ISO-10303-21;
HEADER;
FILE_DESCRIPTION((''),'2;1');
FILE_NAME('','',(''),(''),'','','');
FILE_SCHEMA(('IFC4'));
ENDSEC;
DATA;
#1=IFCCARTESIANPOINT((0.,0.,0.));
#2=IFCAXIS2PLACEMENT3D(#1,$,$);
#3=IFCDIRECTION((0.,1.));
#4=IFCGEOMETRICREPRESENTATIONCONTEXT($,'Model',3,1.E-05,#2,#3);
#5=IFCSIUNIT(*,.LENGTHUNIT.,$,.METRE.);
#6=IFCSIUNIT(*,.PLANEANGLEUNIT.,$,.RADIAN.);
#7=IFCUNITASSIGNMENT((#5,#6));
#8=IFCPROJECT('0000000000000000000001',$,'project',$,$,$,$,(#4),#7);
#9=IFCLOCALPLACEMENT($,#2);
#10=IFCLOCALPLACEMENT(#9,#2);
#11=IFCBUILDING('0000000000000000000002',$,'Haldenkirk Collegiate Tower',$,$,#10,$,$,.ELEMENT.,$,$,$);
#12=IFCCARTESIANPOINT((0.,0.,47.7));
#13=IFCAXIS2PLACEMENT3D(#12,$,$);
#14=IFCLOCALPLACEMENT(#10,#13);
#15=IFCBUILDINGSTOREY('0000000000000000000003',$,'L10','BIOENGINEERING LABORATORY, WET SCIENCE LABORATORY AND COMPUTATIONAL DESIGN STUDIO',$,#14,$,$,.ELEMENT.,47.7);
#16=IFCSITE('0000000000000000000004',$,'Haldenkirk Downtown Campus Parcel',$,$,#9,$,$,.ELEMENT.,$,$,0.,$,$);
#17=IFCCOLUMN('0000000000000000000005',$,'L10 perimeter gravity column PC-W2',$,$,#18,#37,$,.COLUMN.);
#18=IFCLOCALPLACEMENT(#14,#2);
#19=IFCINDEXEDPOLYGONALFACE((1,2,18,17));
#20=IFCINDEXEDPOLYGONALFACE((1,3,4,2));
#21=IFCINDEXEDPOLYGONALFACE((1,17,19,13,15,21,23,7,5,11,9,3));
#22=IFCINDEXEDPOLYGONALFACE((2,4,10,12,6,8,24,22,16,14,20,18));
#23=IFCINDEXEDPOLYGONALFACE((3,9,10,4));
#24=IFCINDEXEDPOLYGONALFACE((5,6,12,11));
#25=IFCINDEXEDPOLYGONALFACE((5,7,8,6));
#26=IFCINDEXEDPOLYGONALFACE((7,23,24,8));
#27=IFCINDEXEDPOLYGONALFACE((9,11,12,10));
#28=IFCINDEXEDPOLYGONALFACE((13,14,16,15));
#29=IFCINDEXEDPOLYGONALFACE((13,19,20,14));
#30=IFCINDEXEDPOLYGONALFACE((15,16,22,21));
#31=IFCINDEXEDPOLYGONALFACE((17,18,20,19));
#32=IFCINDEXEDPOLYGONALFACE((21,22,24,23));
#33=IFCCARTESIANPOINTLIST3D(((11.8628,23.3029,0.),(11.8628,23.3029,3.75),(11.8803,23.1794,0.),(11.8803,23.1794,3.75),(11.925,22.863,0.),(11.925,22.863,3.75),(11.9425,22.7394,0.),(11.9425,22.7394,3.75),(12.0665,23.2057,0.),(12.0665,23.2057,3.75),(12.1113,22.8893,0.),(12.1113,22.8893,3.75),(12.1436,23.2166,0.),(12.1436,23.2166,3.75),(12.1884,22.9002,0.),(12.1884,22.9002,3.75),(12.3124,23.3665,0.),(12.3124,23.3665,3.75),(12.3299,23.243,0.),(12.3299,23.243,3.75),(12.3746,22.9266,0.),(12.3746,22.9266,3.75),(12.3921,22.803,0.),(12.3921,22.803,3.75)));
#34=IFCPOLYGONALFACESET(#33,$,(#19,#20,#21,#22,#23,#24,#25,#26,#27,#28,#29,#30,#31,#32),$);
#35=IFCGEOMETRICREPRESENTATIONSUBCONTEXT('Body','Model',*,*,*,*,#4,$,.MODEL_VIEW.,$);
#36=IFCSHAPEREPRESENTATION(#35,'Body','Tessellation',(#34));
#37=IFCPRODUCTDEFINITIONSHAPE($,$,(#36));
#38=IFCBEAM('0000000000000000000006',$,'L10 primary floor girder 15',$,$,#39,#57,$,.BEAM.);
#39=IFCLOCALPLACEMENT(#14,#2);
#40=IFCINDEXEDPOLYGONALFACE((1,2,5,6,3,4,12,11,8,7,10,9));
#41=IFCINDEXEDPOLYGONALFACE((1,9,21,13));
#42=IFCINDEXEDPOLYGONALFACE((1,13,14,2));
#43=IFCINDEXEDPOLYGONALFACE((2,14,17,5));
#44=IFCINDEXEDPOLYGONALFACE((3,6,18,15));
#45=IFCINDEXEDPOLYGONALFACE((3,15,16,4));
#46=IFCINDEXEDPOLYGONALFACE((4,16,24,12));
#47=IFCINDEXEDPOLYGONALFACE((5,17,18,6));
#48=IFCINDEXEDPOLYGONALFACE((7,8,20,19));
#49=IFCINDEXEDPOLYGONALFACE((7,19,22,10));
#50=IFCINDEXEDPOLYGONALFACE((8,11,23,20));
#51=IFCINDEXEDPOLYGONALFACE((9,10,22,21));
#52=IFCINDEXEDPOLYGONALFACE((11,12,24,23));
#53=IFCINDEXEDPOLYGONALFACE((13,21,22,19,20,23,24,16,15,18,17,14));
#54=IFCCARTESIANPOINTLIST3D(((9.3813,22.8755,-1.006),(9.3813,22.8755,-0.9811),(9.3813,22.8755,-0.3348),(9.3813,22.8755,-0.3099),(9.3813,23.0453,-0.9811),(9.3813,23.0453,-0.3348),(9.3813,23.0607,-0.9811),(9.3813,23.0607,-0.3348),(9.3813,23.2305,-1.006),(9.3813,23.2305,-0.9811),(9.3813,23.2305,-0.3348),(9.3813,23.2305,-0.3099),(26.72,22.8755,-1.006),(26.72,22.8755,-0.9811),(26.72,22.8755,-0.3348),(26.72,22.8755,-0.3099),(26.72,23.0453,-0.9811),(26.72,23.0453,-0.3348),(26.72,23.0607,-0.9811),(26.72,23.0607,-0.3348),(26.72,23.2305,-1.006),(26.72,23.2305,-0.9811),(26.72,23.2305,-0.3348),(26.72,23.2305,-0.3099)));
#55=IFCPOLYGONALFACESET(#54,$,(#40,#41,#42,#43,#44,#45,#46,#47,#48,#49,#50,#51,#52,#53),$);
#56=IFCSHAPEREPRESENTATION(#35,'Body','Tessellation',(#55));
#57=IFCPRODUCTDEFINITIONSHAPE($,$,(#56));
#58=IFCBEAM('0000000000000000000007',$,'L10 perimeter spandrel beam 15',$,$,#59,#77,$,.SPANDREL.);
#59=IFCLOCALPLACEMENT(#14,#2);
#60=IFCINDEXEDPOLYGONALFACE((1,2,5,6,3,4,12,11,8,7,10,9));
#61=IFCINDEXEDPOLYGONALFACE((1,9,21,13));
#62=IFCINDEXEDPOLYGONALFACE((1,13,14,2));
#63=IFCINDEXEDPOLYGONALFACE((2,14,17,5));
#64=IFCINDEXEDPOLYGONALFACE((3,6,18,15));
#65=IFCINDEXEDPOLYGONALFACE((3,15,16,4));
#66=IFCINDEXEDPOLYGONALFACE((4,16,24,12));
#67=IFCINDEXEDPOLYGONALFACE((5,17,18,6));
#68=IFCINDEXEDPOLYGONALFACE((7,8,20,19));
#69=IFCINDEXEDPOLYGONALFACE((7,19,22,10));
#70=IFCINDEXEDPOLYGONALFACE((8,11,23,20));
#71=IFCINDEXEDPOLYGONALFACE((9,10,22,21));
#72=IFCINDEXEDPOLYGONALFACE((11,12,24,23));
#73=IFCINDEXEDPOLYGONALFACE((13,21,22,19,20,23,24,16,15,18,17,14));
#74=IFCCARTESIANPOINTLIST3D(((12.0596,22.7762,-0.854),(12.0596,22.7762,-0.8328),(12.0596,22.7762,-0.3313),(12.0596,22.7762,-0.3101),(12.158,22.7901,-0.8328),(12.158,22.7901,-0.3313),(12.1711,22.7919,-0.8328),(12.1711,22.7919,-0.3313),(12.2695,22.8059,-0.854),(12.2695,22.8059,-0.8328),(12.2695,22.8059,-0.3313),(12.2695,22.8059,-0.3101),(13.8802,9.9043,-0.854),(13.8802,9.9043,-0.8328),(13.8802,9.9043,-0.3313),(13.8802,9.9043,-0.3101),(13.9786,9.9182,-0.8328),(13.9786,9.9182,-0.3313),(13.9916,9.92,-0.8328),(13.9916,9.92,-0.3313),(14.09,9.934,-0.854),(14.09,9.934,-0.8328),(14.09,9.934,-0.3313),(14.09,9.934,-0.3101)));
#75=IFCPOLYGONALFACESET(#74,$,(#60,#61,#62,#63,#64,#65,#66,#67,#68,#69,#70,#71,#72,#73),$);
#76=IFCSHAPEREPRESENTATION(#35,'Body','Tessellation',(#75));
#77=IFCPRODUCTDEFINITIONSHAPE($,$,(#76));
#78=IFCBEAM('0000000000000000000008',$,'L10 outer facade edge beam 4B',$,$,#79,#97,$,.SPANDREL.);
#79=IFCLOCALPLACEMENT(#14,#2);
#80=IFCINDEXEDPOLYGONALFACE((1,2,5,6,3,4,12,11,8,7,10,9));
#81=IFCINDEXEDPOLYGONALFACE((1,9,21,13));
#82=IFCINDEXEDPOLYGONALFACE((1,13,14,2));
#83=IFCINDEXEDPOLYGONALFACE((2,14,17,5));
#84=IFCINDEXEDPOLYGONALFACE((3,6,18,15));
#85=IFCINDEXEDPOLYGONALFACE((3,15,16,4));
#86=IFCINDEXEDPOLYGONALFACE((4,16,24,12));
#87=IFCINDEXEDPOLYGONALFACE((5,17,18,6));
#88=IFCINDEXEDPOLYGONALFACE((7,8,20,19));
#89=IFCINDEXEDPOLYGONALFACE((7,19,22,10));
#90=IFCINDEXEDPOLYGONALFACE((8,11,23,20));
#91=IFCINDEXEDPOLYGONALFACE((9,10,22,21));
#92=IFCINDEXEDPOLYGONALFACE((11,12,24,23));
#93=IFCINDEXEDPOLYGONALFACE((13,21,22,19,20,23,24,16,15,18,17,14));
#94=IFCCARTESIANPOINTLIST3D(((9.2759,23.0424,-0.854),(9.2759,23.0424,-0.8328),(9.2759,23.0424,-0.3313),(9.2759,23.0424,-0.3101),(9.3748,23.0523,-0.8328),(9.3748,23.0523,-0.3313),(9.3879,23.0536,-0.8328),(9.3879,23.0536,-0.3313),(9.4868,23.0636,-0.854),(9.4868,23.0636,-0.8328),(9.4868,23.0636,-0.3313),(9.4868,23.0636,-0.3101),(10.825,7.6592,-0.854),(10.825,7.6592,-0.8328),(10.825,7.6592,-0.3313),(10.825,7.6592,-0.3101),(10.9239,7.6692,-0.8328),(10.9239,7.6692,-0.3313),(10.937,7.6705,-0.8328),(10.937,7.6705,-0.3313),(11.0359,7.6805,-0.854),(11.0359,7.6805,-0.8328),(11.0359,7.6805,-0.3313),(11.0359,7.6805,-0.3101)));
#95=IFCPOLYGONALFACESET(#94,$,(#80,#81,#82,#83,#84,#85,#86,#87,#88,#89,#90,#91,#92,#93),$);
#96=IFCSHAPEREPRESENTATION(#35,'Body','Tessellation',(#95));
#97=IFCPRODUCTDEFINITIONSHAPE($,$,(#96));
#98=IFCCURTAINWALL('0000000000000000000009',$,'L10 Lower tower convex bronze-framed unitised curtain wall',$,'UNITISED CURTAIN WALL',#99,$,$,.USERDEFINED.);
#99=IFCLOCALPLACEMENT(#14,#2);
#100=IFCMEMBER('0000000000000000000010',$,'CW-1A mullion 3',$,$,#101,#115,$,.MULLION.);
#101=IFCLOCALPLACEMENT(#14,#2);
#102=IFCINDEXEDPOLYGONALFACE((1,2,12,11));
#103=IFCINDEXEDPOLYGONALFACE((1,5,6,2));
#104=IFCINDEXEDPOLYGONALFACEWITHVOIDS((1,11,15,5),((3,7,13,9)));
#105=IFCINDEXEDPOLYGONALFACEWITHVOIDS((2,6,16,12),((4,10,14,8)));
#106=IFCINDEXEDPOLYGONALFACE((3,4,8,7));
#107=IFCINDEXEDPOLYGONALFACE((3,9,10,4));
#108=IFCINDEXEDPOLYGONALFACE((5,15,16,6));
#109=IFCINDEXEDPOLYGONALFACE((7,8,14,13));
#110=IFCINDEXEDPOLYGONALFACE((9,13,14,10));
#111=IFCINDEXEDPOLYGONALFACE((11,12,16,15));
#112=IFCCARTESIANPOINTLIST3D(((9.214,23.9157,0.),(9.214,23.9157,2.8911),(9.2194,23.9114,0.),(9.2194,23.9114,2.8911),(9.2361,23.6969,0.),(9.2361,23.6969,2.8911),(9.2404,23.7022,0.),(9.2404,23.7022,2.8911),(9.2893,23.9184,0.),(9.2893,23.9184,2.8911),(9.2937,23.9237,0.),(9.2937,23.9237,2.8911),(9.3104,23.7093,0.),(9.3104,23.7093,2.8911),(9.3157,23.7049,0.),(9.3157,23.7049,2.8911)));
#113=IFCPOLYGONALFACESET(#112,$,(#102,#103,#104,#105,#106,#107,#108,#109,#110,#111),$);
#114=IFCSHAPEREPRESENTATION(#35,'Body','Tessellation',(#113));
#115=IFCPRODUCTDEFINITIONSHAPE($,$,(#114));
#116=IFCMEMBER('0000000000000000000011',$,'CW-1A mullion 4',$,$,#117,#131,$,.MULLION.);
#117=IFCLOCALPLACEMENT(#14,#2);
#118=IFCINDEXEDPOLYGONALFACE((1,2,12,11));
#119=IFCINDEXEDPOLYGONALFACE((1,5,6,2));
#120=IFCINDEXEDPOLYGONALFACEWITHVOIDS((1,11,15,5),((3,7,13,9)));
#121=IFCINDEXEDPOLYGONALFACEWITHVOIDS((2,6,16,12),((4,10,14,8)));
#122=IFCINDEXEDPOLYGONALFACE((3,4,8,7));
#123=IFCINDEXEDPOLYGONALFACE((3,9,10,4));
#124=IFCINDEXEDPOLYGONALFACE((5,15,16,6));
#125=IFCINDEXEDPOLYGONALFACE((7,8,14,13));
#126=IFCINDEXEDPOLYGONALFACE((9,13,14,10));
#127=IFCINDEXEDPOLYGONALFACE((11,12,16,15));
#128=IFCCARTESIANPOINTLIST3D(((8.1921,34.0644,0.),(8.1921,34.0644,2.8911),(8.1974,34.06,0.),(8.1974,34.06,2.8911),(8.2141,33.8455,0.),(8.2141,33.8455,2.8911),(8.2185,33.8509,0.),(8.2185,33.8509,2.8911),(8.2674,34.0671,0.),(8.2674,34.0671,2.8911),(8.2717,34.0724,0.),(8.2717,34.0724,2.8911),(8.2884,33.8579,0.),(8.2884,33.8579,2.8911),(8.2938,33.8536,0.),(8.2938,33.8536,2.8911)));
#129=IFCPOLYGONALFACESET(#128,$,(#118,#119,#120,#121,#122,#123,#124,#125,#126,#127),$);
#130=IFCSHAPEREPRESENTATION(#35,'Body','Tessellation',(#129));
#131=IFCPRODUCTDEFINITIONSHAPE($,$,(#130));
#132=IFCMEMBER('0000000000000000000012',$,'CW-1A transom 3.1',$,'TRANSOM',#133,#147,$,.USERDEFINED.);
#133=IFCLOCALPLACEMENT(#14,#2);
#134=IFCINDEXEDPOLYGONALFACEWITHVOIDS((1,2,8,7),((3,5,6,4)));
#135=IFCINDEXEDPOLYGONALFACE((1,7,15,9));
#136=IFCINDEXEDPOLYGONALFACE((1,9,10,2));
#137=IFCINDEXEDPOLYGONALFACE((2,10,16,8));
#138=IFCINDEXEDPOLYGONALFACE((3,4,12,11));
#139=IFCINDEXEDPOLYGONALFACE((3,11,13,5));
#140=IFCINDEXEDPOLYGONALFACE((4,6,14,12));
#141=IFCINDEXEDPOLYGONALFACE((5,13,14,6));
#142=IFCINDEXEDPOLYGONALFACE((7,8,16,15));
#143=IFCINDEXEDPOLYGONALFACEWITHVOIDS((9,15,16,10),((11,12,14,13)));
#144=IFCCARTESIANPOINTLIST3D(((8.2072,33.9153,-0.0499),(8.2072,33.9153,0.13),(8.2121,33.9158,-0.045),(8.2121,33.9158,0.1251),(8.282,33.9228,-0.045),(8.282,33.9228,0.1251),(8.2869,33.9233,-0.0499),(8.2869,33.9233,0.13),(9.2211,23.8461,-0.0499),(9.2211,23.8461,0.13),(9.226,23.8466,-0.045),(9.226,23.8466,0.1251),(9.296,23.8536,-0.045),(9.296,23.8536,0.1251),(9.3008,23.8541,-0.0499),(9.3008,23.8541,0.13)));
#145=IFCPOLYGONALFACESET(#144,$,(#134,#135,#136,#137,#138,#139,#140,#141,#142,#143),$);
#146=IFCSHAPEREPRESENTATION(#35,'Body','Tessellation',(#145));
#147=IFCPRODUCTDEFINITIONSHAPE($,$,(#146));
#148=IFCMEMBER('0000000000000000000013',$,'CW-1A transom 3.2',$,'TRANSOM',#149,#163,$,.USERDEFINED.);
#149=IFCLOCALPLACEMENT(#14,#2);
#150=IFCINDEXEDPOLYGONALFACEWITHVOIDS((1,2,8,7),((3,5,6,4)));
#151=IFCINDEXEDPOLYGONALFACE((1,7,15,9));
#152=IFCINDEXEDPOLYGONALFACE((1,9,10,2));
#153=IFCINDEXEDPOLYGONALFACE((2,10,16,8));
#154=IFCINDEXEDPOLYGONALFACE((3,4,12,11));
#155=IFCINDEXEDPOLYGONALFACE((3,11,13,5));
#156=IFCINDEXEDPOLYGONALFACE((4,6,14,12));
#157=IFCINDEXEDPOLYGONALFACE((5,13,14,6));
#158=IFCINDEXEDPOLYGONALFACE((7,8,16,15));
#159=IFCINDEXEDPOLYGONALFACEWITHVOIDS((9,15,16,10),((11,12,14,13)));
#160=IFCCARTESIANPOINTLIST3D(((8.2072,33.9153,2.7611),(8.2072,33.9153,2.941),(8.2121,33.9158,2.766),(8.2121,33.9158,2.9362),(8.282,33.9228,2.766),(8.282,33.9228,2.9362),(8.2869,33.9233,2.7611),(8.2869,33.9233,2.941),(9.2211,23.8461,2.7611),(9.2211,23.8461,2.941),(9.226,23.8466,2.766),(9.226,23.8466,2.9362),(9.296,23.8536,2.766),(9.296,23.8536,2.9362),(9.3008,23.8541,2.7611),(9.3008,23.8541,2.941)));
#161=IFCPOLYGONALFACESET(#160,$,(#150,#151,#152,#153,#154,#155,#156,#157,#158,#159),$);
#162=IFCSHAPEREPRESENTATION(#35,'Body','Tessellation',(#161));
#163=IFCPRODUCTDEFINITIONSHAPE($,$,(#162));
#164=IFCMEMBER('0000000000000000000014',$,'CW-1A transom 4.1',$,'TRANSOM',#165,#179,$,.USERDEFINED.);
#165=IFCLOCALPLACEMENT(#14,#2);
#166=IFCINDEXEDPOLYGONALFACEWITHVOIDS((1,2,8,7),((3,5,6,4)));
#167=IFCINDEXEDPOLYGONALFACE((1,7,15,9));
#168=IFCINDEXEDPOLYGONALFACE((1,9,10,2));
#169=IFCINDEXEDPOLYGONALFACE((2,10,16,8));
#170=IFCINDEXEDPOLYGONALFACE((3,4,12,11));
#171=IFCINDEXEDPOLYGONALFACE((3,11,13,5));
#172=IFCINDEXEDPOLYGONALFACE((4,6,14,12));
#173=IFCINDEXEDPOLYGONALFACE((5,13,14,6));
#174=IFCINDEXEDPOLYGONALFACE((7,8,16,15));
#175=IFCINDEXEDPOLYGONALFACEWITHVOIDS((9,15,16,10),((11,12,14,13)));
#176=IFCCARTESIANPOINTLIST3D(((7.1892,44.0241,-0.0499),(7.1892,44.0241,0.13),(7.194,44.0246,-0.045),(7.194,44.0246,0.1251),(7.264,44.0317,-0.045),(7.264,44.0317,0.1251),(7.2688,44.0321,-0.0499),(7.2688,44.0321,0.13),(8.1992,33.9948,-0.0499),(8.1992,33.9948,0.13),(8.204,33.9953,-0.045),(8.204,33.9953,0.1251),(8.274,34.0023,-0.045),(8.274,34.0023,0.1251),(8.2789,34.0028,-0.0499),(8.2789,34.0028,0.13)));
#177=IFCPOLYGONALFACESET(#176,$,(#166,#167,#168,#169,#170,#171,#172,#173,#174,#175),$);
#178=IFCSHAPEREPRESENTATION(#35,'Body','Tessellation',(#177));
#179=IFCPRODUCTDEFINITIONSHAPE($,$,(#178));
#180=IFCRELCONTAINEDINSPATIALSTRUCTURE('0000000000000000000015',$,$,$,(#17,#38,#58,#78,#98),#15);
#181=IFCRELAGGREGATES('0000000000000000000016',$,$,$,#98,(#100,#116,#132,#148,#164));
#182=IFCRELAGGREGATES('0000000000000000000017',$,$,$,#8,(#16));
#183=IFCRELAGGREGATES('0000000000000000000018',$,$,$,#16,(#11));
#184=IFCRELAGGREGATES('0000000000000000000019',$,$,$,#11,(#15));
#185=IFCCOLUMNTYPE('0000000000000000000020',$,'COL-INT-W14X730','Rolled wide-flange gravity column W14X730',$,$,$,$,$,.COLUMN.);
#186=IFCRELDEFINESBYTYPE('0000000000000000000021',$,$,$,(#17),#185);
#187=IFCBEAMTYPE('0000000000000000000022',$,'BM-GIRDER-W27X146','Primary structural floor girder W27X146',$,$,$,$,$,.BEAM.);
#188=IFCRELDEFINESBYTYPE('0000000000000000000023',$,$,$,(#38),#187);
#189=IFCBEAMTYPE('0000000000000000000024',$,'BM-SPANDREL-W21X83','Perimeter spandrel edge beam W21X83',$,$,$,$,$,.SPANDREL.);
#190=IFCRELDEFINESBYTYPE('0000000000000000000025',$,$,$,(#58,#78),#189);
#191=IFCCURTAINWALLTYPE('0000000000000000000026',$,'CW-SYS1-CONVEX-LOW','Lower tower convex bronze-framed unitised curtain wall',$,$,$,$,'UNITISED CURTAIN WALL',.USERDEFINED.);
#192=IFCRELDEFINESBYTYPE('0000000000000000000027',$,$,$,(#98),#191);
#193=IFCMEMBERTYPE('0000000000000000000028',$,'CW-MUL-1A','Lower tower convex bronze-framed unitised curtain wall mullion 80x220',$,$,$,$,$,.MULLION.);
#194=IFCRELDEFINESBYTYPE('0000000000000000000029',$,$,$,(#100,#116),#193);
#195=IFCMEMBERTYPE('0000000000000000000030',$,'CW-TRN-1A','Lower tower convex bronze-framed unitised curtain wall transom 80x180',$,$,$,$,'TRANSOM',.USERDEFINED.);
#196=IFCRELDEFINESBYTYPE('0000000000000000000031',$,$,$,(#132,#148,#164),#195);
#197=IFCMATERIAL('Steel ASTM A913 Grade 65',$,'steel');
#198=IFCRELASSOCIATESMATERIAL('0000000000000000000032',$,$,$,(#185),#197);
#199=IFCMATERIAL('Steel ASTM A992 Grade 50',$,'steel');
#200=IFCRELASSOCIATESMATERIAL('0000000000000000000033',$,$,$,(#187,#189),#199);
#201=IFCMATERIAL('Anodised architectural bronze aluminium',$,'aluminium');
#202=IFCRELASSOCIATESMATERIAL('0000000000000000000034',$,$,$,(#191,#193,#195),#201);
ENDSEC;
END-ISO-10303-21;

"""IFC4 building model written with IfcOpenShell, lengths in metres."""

from ifc_helpers import new_model, si_unit, direction, frame, origin, origin_2d, place, context, subcontext, project, spatial, hollow_rectangle, i_section, extrude, material, material_profile, profile_set, type_object, element, aggregate, save


model = new_model("IFC4")

# Units and contexts
model_context = context("Model", 3, precision=1e-05, world=origin(), true_north=direction((0.0, 1.0)))
body_context = subcontext(model_context, "Body", "Model", "MODEL_VIEW")
ifc_project = project(units=[si_unit("LENGTHUNIT", "METRE"), si_unit("PLANEANGLEUNIT", "RADIAN")], contexts=[model_context])

# Site, building, storey
site_placement = place(None, origin())
site = spatial("IfcSite", under=ifc_project, at=site_placement, Name="Haldenkirk Downtown Campus Parcel", CompositionType="ELEMENT", RefElevation=0.0)
building_placement = place(site_placement, origin())
building = spatial("IfcBuilding", under=site, at=building_placement, Name="Haldenkirk Collegiate Tower", CompositionType="ELEMENT")
storey_placement = place(building_placement, frame((0.0, 0.0, 47.7)))
storey = spatial("IfcBuildingStorey", under=building, at=storey_placement, Name="L10", Description="BIOENGINEERING LABORATORY, WET SCIENCE LABORATORY AND COMPUTATIONAL DESIGN STUDIO", CompositionType="ELEMENT", Elevation=47.7)

# Column
ifc_material_1 = material(Name="Steel ASTM A913 Grade 65", Category="steel")
ifc_material_profile_1 = material_profile(ifc_material_1, i_section(OverallWidth=0.4541, OverallDepth=0.5691, WebThickness=0.0779, FlangeThickness=0.1248, at=origin_2d()), Name="W14X730")
ifc_profile_set_1 = profile_set([ifc_material_profile_1], Name="Steel ASTM A913 Grade 65")
column_type = type_object("IfcColumnType", Name="COL-INT-W14X730", Description="Rolled wide-flange gravity column W14X730", PredefinedType="COLUMN", material=ifc_profile_set_1)
column_placement = place(storey_placement, frame((12.1274, 23.053, 0.0), z_axis=(0.0, 0.0, 1.0), x_axis=(0.990146, 0.140037, 0.0)))
element("IfcColumn", 1, at=column_placement, inside=storey, type_object=column_type, Name="L10 perimeter gravity column PC-W2", PredefinedType="COLUMN", context=body_context, shape_type="SweptSolid", body=[
    extrude(i_section(OverallWidth=0.4541, OverallDepth=0.5691, WebThickness=0.0779, FlangeThickness=0.1248, at=origin_2d()), origin(), (0.0, 0.0, 1.0), 3.75),
])

# Beams
ifc_material_2 = material(Name="Steel ASTM A992 Grade 50", Category="steel")
ifc_material_profile_2 = material_profile(ifc_material_2, i_section(OverallWidth=0.355, OverallDepth=0.696, WebThickness=0.0154, FlangeThickness=0.0249, at=origin_2d()), Name="W27X146")
ifc_profile_set_2 = profile_set([ifc_material_profile_2], Name="Steel ASTM A992 Grade 50")
beam_type_1 = type_object("IfcBeamType", Name="BM-GIRDER-W27X146", Description="Primary structural floor girder W27X146", PredefinedType="BEAM", material=ifc_profile_set_2)
beam_1_placement = place(storey_placement, frame((9.3813, 23.053, -0.658), z_axis=(1.0, 0.0, 0.0), x_axis=(0.0, 1.0, 0.0)))
element("IfcBeam", 2, at=beam_1_placement, inside=storey, type_object=beam_type_1, Name="L10 primary floor girder 15", PredefinedType="BEAM", context=body_context, shape_type="SweptSolid", body=[
    extrude(i_section(OverallWidth=0.355, OverallDepth=0.696, WebThickness=0.0154, FlangeThickness=0.0249, at=origin_2d()), origin(), (0.0, 0.0, 1.0), 17.3386),
])
ifc_material_profile_3 = material_profile(ifc_material_2, i_section(OverallWidth=0.2119, OverallDepth=0.5439, WebThickness=0.0132, FlangeThickness=0.0212, at=origin_2d()), Name="W21X83")
ifc_profile_set_3 = profile_set([ifc_material_profile_3], Name="Steel ASTM A992 Grade 50")
beam_type_2 = type_object("IfcBeamType", Name="BM-SPANDREL-W21X83", Description="Perimeter spandrel edge beam W21X83", PredefinedType="SPANDREL", material=ifc_profile_set_3)
beam_2_placement = place(storey_placement, frame((12.1646, 22.791, -0.582), z_axis=(0.140044, -0.990145, 0.0), x_axis=(0.990145, 0.140044, 0.0)))
element("IfcBeam", 3, at=beam_2_placement, inside=storey, type_object=beam_type_2, Name="L10 perimeter spandrel beam 15", PredefinedType="SPANDREL", context=body_context, shape_type="SweptSolid", body=[
    extrude(i_section(OverallWidth=0.2119, OverallDepth=0.5439, WebThickness=0.0132, FlangeThickness=0.0212, at=origin_2d()), origin(), (0.0, 0.0, 1.0), 13.0),
])
beam_3_placement = place(storey_placement, frame((9.3813, 23.053, -0.582), z_axis=(0.100193, -0.994968, 0.0), x_axis=(0.994968, 0.100193, 0.0)))
element("IfcBeam", 4, at=beam_3_placement, inside=storey, type_object=beam_type_2, Name="L10 outer facade edge beam 4B", PredefinedType="SPANDREL", context=body_context, shape_type="SweptSolid", body=[
    extrude(i_section(OverallWidth=0.2119, OverallDepth=0.5439, WebThickness=0.0132, FlangeThickness=0.0212, at=origin_2d()), origin(), (0.0, 0.0, 1.0), 15.4609),
])

# Curtain wall, members
ifc_material_3 = material(Name="Anodised architectural bronze aluminium", Category="aluminium")
curtain_wall_type = type_object("IfcCurtainWallType", Name="CW-SYS1-CONVEX-LOW", Description="Lower tower convex bronze-framed unitised curtain wall", ElementType="UNITISED CURTAIN WALL", PredefinedType="USERDEFINED", material=ifc_material_3)
curtain_wall_placement = place(storey_placement, origin())
curtain_wall = element("IfcCurtainWall", 5, at=curtain_wall_placement, inside=storey, type_object=curtain_wall_type, Name="L10 Lower tower convex bronze-framed unitised curtain wall", ObjectType="UNITISED CURTAIN WALL", PredefinedType="USERDEFINED")
ifc_material_profile_4 = material_profile(ifc_material_3, hollow_rectangle(XDim=0.0801, YDim=0.22, WallThickness=0.0049, at=origin_2d()), Name="CW-MUL-1A")
ifc_profile_set_4 = profile_set([ifc_material_profile_4], Name="Anodised architectural bronze aluminium")
member_type_1 = type_object("IfcMemberType", Name="CW-MUL-1A", Description="Lower tower convex bronze-framed unitised curtain wall mullion 80x220", PredefinedType="MULLION", material=ifc_profile_set_4)
member_1_placement = place(storey_placement, frame((9.2649, 23.8103, 0.0), z_axis=(0.0, 0.0, 1.0), x_axis=(-0.994969, -0.100187, 0.0)))
member_1 = element("IfcMember", 6, at=member_1_placement, type_object=member_type_1, Name="CW-1A mullion 3", PredefinedType="MULLION", context=body_context, shape_type="SweptSolid", body=[
    extrude(hollow_rectangle(XDim=0.0801, YDim=0.22, WallThickness=0.0049, at=origin_2d()), origin(), (0.0, 0.0, 1.0), 2.8911),
])
member_2_placement = place(storey_placement, frame((8.2429, 33.959, 0.0), z_axis=(0.0, 0.0, 1.0), x_axis=(-0.994969, -0.100187, 0.0)))
member_2 = element("IfcMember", 7, at=member_2_placement, type_object=member_type_1, Name="CW-1A mullion 4", PredefinedType="MULLION", context=body_context, shape_type="SweptSolid", body=[
    extrude(hollow_rectangle(XDim=0.0801, YDim=0.22, WallThickness=0.0049, at=origin_2d()), origin(), (0.0, 0.0, 1.0), 2.8911),
])
ifc_material_profile_5 = material_profile(ifc_material_3, hollow_rectangle(XDim=0.0801, YDim=0.1799, WallThickness=0.0049, at=origin_2d()), Name="CW-TRN-1A")
ifc_profile_set_5 = profile_set([ifc_material_profile_5], Name="Anodised architectural bronze aluminium")
member_type_2 = type_object("IfcMemberType", Name="CW-TRN-1A", Description="Lower tower convex bronze-framed unitised curtain wall transom 80x180", ElementType="TRANSOM", PredefinedType="USERDEFINED", material=ifc_profile_set_5)
member_3_placement = place(storey_placement, frame((9.261, 23.8501, 0.04), z_axis=(-0.100189, 0.994968, 0.0), x_axis=(-0.994968, -0.100189, 0.0)))
member_3 = element("IfcMember", 8, at=member_3_placement, type_object=member_type_2, Name="CW-1A transom 3.1", ObjectType="TRANSOM", PredefinedType="USERDEFINED", context=body_context, shape_type="SweptSolid", body=[
    extrude(hollow_rectangle(XDim=0.0801, YDim=0.1799, WallThickness=0.0049, at=origin_2d()), origin(), (0.0, 0.0, 1.0), 10.1201),
])
member_4_placement = place(storey_placement, frame((9.261, 23.8501, 2.8511), z_axis=(-0.100189, 0.994968, 0.0), x_axis=(-0.994968, -0.100189, 0.0)))
member_4 = element("IfcMember", 9, at=member_4_placement, type_object=member_type_2, Name="CW-1A transom 3.2", ObjectType="TRANSOM", PredefinedType="USERDEFINED", context=body_context, shape_type="SweptSolid", body=[
    extrude(hollow_rectangle(XDim=0.0801, YDim=0.1799, WallThickness=0.0049, at=origin_2d()), origin(), (0.0, 0.0, 1.0), 10.1201),
])
member_5_placement = place(storey_placement, frame((8.239, 33.9988, 0.04), z_axis=(-0.100199, 0.994967, 0.0), x_axis=(-0.994967, -0.100199, 0.0)))
member_5 = element("IfcMember", 10, at=member_5_placement, type_object=member_type_2, Name="CW-1A transom 4.1", ObjectType="TRANSOM", PredefinedType="USERDEFINED", context=body_context, shape_type="SweptSolid", body=[
    extrude(hollow_rectangle(XDim=0.0801, YDim=0.1799, WallThickness=0.0049, at=origin_2d()), origin(), (0.0, 0.0, 1.0), 10.0801),
])

aggregate(curtain_wall, [member_1, member_2, member_3, member_4, member_5])

save(model, "model.ifc")
